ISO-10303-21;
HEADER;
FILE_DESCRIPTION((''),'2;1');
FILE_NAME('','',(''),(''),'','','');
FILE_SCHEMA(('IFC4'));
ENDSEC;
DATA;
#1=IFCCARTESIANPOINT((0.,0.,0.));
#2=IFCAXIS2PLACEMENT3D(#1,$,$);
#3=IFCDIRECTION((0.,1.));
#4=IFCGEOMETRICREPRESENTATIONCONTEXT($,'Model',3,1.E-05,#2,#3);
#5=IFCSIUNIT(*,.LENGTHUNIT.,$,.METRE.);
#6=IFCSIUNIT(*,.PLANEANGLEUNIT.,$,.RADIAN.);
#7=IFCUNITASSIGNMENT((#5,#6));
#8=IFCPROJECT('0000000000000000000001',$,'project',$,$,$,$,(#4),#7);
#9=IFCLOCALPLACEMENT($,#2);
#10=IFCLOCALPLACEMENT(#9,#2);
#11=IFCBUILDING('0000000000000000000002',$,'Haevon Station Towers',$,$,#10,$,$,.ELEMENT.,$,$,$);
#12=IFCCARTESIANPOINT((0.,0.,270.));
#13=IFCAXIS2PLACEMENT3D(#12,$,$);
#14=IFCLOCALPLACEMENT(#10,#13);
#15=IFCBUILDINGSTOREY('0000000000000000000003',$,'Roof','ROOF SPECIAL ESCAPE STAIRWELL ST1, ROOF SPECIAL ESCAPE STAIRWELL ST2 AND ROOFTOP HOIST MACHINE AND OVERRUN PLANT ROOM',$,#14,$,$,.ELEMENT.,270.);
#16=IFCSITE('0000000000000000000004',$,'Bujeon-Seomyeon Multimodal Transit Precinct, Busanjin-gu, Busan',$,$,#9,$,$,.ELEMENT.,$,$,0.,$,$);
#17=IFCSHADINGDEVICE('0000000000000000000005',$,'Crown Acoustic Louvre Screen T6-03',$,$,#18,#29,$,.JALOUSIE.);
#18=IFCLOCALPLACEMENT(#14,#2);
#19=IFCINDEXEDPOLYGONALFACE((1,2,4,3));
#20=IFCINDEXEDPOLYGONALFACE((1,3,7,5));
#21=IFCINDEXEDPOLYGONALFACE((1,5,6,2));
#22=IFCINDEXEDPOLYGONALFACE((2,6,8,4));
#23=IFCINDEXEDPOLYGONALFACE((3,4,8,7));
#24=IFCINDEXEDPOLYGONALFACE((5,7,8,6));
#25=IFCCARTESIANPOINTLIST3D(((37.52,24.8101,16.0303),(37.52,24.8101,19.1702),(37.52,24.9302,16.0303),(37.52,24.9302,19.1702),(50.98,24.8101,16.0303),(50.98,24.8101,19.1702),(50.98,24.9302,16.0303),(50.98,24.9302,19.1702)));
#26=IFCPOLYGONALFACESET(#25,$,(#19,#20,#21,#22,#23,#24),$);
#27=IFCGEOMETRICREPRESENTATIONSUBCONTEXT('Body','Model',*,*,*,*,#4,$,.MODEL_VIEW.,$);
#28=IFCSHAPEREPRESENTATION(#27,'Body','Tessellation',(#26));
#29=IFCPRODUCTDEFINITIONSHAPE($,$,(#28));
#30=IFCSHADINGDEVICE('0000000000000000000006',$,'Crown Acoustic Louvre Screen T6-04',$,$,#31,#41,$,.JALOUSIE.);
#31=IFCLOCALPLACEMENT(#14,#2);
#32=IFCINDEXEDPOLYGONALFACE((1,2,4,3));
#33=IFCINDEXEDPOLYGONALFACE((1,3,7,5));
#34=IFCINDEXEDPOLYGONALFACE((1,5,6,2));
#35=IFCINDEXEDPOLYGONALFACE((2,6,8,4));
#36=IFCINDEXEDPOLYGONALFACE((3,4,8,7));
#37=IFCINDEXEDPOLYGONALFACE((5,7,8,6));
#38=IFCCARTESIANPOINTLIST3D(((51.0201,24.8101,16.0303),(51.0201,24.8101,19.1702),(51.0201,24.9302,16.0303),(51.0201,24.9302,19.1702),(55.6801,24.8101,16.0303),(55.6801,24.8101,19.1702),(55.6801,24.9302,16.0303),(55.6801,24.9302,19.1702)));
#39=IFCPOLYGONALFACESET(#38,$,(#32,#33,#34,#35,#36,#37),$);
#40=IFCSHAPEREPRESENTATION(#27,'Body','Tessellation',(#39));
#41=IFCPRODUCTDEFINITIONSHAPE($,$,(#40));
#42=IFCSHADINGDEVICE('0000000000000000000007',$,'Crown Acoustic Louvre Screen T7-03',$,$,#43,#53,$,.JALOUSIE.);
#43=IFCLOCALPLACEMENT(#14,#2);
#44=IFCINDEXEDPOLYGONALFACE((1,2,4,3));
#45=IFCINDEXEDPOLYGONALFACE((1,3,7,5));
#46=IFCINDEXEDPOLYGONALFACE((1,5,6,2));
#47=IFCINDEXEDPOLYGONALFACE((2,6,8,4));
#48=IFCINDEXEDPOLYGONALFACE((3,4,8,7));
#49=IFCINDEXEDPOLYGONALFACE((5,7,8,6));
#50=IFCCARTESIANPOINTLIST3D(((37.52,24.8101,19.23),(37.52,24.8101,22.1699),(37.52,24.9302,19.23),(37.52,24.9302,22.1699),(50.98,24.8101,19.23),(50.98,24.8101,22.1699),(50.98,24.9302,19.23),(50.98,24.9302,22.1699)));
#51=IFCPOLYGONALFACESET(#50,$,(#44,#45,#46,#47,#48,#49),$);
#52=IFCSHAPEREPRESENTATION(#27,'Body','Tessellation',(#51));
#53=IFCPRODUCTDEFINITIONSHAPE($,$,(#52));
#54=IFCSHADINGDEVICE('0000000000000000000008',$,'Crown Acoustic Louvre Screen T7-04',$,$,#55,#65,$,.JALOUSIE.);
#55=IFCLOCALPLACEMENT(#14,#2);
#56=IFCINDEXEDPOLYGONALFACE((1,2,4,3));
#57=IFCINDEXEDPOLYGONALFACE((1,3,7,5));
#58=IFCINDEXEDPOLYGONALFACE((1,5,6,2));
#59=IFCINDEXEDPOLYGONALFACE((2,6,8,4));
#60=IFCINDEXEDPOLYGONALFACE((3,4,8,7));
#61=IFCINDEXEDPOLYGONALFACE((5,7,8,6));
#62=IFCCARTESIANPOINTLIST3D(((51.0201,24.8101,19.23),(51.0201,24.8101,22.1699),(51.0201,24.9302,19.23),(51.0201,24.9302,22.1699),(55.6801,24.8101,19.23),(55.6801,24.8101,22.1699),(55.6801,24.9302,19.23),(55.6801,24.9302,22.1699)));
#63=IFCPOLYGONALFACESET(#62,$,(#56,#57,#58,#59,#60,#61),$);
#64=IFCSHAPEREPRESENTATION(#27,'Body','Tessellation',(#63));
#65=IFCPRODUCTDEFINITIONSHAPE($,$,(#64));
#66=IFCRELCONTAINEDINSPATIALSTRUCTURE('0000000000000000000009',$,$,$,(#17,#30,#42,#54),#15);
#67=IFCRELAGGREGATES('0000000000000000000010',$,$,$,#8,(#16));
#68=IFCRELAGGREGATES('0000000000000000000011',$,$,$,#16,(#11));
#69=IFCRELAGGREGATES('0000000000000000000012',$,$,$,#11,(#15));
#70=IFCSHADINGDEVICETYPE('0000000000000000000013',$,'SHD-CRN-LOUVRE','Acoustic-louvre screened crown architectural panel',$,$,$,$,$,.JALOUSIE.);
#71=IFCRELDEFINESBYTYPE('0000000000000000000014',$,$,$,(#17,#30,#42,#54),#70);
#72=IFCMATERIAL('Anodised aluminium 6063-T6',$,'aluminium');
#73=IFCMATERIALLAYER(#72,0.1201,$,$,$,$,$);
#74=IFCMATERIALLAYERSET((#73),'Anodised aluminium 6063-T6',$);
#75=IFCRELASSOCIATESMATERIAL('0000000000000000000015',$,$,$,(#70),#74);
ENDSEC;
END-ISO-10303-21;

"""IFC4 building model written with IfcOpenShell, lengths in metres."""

from ifc_helpers import new_model, si_unit, direction, frame, origin, origin_2d, place, context, subcontext, project, spatial, rectangle, extrude, material, layer, layer_set, type_object, element, save


model = new_model("IFC4")

# Units and contexts
model_context = context("Model", 3, precision=1e-05, world=origin(), true_north=direction((0.0, 1.0)))
body_context = subcontext(model_context, "Body", "Model", "MODEL_VIEW")
ifc_project = project(units=[si_unit("LENGTHUNIT", "METRE"), si_unit("PLANEANGLEUNIT", "RADIAN")], contexts=[model_context])

# Site, building, storey
site_placement = place(None, origin())
site = spatial("IfcSite", under=ifc_project, at=site_placement, Name="Bujeon-Seomyeon Multimodal Transit Precinct, Busanjin-gu, Busan", CompositionType="ELEMENT", RefElevation=0.0)
building_placement = place(site_placement, origin())
building = spatial("IfcBuilding", under=site, at=building_placement, Name="Haevon Station Towers", CompositionType="ELEMENT")
storey_placement = place(building_placement, frame((0.0, 0.0, 270.0)))
storey = spatial("IfcBuildingStorey", under=building, at=storey_placement, Name="Roof", Description="ROOF SPECIAL ESCAPE STAIRWELL ST1, ROOF SPECIAL ESCAPE STAIRWELL ST2 AND ROOFTOP HOIST MACHINE AND OVERRUN PLANT ROOM", CompositionType="ELEMENT", Elevation=270.0)

# Shared definitions
ifc_material_1 = material(Name="Anodised aluminium 6063-T6", Category="aluminium")

# Shading devices
ifc_layer_1 = layer(ifc_material_1, 0.1201)
ifc_layer_set_1 = layer_set([ifc_layer_1], Name="Anodised aluminium 6063-T6")
shading_device_type = type_object("IfcShadingDeviceType", Name="SHD-CRN-LOUVRE", Description="Acoustic-louvre screened crown architectural panel", PredefinedType="JALOUSIE", material=ifc_layer_set_1)
shading_device_1_placement = place(storey_placement, frame((44.25, 24.8701, 16.0303), z_axis=(0.0, 0.0, 1.0), x_axis=(1.0, 0.0, 0.0)))
element("IfcShadingDevice", 1, at=shading_device_1_placement, inside=storey, type_object=shading_device_type, Name="Crown Acoustic Louvre Screen T6-03", PredefinedType="JALOUSIE", context=body_context, shape_type="SweptSolid", body=[
    extrude(rectangle(XDim=13.46, YDim=0.1201, at=origin_2d()), origin(), (0.0, 0.0, 1.0), 3.1399),
])
shading_device_2_placement = place(storey_placement, frame((53.3501, 24.8701, 16.0303), z_axis=(0.0, 0.0, 1.0), x_axis=(1.0, 0.0, 0.0)))
element("IfcShadingDevice", 2, at=shading_device_2_placement, inside=storey, type_object=shading_device_type, Name="Crown Acoustic Louvre Screen T6-04", PredefinedType="JALOUSIE", context=body_context, shape_type="SweptSolid", body=[
    extrude(rectangle(XDim=4.6599, YDim=0.1201, at=origin_2d()), origin(), (0.0, 0.0, 1.0), 3.1399),
])
shading_device_3_placement = place(storey_placement, frame((44.25, 24.8701, 19.23), z_axis=(0.0, 0.0, 1.0), x_axis=(1.0, 0.0, 0.0)))
element("IfcShadingDevice", 3, at=shading_device_3_placement, inside=storey, type_object=shading_device_type, Name="Crown Acoustic Louvre Screen T7-03", PredefinedType="JALOUSIE", context=body_context, shape_type="SweptSolid", body=[
    extrude(rectangle(XDim=13.46, YDim=0.1201, at=origin_2d()), origin(), (0.0, 0.0, 1.0), 2.9399),
])
shading_device_4_placement = place(storey_placement, frame((53.3501, 24.8701, 19.23), z_axis=(0.0, 0.0, 1.0), x_axis=(1.0, 0.0, 0.0)))
element("IfcShadingDevice", 4, at=shading_device_4_placement, inside=storey, type_object=shading_device_type, Name="Crown Acoustic Louvre Screen T7-04", PredefinedType="JALOUSIE", context=body_context, shape_type="SweptSolid", body=[
    extrude(rectangle(XDim=4.6599, YDim=0.1201, at=origin_2d()), origin(), (0.0, 0.0, 1.0), 2.9399),
])

save(model, "model.ifc")
